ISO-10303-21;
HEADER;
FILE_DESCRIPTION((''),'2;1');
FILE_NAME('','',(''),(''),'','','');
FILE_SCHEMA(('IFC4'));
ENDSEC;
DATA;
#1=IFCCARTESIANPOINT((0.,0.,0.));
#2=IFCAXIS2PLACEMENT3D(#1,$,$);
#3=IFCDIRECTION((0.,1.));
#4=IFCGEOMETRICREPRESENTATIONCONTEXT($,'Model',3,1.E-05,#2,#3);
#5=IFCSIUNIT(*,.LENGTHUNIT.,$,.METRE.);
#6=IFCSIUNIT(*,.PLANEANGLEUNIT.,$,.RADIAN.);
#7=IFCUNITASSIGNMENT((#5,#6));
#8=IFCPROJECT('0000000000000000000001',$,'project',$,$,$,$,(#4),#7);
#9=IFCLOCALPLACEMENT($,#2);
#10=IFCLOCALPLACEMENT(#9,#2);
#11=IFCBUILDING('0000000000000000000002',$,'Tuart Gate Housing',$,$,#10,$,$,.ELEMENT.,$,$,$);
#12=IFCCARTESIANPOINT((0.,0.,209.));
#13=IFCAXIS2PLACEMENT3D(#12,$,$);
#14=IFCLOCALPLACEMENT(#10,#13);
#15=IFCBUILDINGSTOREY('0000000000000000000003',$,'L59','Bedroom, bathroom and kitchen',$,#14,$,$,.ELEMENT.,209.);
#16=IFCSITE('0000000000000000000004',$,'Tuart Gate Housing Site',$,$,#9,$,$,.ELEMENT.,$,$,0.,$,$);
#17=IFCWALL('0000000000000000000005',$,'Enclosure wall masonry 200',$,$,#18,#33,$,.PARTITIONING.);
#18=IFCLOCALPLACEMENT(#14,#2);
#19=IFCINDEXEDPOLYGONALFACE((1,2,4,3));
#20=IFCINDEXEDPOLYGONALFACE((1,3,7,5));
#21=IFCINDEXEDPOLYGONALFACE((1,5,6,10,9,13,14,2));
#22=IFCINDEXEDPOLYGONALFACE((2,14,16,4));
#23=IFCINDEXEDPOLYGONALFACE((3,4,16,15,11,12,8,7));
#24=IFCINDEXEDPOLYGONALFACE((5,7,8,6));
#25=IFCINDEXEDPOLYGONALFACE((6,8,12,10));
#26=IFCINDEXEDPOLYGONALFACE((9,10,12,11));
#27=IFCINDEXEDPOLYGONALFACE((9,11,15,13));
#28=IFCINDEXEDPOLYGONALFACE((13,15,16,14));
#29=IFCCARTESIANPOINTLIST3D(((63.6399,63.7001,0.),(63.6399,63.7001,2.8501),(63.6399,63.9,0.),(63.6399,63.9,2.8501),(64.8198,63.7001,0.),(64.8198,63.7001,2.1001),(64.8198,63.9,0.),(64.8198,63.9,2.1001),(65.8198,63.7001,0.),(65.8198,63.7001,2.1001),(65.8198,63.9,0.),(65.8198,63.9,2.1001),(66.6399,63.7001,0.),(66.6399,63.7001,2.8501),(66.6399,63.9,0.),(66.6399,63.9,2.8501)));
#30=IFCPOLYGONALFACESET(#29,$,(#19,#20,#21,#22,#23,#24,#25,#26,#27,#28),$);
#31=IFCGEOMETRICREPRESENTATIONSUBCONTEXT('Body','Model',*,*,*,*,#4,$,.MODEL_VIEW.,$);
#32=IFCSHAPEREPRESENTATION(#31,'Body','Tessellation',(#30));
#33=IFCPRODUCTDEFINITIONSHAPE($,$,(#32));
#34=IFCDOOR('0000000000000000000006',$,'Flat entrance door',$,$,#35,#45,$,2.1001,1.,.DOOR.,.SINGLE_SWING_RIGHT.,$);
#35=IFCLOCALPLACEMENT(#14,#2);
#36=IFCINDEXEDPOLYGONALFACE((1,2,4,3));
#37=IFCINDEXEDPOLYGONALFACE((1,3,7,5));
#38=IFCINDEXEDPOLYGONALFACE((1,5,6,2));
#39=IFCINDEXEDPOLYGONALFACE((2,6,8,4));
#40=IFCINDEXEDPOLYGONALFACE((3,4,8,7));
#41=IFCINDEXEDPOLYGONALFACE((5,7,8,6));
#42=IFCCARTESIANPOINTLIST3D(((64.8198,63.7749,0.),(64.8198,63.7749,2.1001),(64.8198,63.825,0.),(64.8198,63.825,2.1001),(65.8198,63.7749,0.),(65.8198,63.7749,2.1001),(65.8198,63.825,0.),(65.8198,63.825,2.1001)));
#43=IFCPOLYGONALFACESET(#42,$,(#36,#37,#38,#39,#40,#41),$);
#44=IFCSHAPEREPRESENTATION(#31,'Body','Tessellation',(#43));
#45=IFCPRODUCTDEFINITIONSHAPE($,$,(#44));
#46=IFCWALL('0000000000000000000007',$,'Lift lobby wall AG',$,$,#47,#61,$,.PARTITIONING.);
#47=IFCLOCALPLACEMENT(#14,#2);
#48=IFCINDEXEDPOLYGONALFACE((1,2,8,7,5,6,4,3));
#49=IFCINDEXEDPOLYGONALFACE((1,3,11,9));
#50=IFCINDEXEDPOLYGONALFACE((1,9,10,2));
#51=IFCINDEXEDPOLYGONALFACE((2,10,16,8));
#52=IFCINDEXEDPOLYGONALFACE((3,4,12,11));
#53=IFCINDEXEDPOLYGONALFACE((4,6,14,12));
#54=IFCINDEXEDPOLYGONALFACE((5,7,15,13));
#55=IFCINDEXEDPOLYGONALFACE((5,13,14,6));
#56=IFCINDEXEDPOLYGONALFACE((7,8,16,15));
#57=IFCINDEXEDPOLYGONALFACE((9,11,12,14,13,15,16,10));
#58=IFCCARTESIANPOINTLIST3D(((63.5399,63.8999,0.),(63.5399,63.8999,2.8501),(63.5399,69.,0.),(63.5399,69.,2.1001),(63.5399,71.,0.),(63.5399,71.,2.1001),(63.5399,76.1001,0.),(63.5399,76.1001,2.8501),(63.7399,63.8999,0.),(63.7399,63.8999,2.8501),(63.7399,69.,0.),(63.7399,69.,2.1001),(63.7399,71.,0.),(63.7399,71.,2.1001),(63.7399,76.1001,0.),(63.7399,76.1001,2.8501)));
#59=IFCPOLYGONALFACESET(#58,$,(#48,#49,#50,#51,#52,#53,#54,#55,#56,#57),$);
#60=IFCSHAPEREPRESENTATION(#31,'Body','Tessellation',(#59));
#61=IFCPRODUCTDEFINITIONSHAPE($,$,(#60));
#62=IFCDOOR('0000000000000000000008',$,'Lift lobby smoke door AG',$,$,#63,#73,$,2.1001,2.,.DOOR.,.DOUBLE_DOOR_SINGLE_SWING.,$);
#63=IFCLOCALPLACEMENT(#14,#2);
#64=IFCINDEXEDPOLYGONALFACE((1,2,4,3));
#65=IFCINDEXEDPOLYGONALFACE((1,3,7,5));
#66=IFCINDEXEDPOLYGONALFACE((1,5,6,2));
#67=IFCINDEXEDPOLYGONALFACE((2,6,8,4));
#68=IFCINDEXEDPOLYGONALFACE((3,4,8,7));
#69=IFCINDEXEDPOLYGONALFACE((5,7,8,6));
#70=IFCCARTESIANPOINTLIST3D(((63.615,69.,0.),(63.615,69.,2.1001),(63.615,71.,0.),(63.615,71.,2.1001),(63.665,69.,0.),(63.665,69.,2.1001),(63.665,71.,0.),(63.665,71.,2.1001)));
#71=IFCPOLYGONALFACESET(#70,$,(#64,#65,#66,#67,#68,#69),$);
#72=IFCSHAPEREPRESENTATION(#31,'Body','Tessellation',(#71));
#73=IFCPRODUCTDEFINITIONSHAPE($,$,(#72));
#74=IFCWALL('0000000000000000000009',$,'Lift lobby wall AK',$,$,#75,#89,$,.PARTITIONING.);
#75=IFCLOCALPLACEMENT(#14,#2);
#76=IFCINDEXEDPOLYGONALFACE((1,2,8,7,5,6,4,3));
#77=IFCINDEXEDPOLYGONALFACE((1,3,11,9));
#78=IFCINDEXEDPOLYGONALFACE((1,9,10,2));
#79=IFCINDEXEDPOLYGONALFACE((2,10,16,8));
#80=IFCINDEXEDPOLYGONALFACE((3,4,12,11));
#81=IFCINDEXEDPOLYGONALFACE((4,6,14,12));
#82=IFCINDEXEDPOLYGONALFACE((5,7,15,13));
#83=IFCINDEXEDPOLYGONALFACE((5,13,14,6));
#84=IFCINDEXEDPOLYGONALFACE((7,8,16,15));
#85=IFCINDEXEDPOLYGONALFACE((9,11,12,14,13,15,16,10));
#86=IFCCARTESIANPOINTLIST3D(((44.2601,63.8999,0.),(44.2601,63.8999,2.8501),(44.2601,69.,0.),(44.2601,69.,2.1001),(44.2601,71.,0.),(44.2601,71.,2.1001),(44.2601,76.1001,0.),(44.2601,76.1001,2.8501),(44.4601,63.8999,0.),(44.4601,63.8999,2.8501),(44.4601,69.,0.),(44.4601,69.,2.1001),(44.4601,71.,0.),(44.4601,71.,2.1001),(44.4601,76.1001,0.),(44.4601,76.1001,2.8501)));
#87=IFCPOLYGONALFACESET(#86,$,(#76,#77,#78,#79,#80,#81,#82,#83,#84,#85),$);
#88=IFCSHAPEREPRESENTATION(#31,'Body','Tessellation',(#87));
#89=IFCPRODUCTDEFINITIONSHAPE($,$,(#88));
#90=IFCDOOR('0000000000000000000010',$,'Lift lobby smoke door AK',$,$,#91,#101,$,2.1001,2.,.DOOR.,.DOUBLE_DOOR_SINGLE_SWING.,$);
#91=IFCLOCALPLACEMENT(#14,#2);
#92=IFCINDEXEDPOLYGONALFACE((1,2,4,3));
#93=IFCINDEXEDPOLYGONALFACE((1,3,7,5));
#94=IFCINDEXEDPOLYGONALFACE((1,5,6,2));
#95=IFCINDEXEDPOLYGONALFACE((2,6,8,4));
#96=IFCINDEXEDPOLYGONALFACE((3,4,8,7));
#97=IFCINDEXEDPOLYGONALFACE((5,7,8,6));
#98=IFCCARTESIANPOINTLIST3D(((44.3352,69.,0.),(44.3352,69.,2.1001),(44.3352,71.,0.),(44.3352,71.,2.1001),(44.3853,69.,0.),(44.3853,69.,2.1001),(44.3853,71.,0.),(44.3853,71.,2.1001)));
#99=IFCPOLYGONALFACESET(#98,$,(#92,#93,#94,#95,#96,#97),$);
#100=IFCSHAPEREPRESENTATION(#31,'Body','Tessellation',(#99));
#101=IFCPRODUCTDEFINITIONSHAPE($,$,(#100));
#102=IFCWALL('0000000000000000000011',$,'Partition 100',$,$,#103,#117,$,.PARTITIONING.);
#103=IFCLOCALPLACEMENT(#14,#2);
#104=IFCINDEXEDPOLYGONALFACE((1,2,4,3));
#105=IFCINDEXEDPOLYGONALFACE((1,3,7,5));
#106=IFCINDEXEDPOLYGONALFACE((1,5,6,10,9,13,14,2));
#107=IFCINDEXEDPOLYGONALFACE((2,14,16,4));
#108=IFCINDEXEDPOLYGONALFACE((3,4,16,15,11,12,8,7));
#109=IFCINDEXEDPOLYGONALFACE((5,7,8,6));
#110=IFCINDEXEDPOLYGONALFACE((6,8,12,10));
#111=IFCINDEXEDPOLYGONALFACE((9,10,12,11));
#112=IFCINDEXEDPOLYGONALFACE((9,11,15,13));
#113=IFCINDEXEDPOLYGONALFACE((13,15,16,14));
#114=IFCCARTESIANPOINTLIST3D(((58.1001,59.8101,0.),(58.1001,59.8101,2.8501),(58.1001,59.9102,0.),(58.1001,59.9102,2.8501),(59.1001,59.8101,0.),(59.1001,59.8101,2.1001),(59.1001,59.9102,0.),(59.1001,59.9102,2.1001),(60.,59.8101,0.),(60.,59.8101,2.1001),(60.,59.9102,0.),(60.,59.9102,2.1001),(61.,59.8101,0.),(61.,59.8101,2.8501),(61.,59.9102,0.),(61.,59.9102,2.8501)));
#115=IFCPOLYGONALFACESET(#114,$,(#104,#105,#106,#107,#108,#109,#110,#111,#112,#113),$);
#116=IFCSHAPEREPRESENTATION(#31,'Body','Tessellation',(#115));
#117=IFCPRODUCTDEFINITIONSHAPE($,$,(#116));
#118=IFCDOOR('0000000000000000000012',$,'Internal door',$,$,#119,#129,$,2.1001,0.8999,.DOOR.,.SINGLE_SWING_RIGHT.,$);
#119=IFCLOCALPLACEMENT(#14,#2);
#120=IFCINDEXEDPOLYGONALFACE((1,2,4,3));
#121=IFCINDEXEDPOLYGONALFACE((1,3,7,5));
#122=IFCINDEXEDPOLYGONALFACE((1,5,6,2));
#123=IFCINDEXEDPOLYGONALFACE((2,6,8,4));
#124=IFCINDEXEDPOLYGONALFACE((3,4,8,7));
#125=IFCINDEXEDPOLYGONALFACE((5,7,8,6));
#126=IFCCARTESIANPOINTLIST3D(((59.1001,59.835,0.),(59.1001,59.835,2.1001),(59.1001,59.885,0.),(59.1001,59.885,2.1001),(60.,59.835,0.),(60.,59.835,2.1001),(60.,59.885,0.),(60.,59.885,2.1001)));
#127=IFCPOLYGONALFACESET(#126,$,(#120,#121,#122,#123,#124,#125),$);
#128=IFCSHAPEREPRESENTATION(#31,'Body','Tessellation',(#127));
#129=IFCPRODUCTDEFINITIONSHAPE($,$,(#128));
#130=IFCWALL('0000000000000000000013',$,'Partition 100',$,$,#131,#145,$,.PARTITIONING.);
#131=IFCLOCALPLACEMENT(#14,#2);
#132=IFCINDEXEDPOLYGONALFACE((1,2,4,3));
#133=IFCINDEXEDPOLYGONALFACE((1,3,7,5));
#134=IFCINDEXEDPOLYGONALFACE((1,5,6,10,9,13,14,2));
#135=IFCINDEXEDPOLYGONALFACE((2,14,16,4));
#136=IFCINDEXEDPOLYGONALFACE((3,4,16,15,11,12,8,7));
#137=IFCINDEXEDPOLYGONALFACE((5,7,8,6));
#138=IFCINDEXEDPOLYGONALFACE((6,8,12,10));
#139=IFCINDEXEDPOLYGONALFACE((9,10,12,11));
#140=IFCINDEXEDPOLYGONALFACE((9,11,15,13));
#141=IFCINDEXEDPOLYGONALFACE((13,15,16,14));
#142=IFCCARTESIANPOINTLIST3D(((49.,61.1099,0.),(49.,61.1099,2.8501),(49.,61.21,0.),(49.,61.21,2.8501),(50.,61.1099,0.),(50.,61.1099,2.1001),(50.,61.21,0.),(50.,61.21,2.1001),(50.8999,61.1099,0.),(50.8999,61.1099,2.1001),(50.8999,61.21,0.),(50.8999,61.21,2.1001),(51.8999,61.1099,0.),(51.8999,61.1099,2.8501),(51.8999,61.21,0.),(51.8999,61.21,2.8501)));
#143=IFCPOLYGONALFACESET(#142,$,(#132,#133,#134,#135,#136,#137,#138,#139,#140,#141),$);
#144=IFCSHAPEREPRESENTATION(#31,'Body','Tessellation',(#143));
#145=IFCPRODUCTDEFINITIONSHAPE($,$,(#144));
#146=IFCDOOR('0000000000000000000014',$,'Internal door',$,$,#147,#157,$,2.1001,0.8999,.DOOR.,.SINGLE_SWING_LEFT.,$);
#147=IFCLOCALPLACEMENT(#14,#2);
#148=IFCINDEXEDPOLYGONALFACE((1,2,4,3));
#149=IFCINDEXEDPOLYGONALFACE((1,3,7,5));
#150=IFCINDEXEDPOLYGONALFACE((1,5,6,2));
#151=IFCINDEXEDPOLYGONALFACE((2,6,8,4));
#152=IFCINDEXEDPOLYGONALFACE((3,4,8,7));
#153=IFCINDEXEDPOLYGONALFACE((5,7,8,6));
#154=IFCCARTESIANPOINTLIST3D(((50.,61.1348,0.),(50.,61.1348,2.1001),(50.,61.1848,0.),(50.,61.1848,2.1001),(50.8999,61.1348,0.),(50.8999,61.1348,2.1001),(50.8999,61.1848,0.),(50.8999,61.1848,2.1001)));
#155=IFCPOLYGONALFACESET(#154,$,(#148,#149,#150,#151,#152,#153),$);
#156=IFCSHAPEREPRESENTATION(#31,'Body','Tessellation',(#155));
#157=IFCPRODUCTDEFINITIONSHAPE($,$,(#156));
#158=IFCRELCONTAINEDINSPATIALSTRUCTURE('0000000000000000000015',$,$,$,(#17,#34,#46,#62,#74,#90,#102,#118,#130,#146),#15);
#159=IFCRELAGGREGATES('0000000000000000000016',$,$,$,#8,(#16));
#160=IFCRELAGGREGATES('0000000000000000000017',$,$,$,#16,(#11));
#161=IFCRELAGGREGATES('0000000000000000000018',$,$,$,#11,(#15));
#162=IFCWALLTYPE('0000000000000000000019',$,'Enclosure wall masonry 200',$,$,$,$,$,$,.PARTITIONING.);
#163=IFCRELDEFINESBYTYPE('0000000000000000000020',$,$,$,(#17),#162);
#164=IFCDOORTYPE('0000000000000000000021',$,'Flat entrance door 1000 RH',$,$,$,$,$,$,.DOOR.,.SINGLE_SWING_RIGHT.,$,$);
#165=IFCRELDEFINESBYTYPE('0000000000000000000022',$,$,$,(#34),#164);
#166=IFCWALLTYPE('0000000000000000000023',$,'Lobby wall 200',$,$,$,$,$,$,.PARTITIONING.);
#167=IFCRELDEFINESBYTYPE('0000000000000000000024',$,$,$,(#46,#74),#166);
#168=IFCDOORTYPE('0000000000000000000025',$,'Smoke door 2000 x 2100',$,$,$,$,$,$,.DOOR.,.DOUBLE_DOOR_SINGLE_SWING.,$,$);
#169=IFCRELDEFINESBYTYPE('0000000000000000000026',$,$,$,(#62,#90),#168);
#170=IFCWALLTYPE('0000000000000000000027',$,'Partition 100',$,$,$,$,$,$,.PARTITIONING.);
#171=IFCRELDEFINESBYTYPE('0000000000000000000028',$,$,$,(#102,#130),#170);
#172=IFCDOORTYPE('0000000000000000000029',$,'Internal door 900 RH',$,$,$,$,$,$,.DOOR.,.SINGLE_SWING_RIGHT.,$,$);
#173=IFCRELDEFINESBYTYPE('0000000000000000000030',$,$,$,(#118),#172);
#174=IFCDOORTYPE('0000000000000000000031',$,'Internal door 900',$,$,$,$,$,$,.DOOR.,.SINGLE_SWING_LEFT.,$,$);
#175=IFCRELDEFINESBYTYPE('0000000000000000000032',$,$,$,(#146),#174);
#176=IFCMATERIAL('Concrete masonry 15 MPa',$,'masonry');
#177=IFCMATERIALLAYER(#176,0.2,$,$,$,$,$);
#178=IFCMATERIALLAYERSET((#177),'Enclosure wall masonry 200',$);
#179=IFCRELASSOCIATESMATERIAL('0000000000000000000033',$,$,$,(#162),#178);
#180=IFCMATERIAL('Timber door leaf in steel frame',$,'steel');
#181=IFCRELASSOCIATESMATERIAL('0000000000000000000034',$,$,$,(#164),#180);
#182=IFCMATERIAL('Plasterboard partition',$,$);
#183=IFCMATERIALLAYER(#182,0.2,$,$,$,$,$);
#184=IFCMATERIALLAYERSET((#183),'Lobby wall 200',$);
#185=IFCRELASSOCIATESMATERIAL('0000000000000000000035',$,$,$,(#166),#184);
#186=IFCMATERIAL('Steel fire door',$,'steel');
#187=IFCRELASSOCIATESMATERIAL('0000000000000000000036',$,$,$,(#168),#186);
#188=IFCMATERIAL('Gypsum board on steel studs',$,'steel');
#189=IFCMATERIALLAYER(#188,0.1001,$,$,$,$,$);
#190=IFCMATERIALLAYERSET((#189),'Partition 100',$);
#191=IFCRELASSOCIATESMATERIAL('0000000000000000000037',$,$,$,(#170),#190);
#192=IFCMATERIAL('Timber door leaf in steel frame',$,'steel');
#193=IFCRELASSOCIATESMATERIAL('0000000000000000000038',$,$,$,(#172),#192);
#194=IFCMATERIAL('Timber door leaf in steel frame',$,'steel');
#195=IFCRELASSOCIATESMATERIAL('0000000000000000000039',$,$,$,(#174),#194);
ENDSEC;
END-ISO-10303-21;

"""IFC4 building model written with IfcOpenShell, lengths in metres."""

from ifc_helpers import new_model, si_unit, direction, frame, frame_2d, origin, place, context, subcontext, project, spatial, rectangle, extrude, material, layer, layer_set, type_object, element, fill, save


model = new_model("IFC4")

# Units and contexts
model_context = context("Model", 3, precision=1e-05, world=origin(), true_north=direction((0.0, 1.0)))
body_context = subcontext(model_context, "Body", "Model", "MODEL_VIEW")
ifc_project = project(units=[si_unit("LENGTHUNIT", "METRE"), si_unit("PLANEANGLEUNIT", "RADIAN")], contexts=[model_context])

# Site, building, storey
site_placement = place(None, origin())
site = spatial("IfcSite", under=ifc_project, at=site_placement, Name="Tuart Gate Housing Site", CompositionType="ELEMENT", RefElevation=0.0)
building_placement = place(site_placement, origin())
building = spatial("IfcBuilding", under=site, at=building_placement, Name="Tuart Gate Housing", CompositionType="ELEMENT")
storey_placement = place(building_placement, frame((0.0, 0.0, 209.0)))
storey = spatial("IfcBuildingStorey", under=building, at=storey_placement, Name="L59", Description="Bedroom, bathroom and kitchen", CompositionType="ELEMENT", Elevation=209.0)

# Walls, openings, doors
ifc_material_1 = material(Name="Concrete masonry 15 MPa", Category="masonry")
ifc_layer_1 = layer(ifc_material_1, 0.2)
ifc_layer_set_1 = layer_set([ifc_layer_1], Name="Enclosure wall masonry 200")
wall_type_1 = type_object("IfcWallType", Name="Enclosure wall masonry 200", PredefinedType="PARTITIONING", material=ifc_layer_set_1)
wall_1_placement = place(storey_placement, frame((63.6399, 63.8, 0.0), z_axis=(0.0, 0.0, 1.0), x_axis=(1.0, 0.0, 0.0)))
wall_1 = element("IfcWall", 1, at=wall_1_placement, inside=storey, type_object=wall_type_1, Name="Enclosure wall masonry 200", PredefinedType="PARTITIONING", context=body_context, shape_type="SweptSolid", body=[
    extrude(rectangle(XDim=3.0, YDim=0.2, at=frame_2d((1.5, 0.0))), origin(), (0.0, 0.0, 1.0), 2.8501),
])
opening_1_placement = place(wall_1_placement, frame((1.1799, 0.0, 0.0)))
opening_1 = element("IfcOpeningElement", 2, at=opening_1_placement, cuts=wall_1, PredefinedType="OPENING", context=body_context, shape_type="SweptSolid", body=[
    extrude(rectangle(XDim=1.0, YDim=2.1001, at=frame_2d((0.5, 1.05))), frame((0.0, 0.1099, 0.0), z_axis=(0.0, -1.0, 0.0), x_axis=(1.0, 0.0, 0.0)), (0.0, 0.0, 1.0), 0.22),
])
ifc_material_2 = material(Name="Timber door leaf in steel frame", Category="steel")
door_type_1 = type_object("IfcDoorType", Name="Flat entrance door 1000 RH", OperationType="SINGLE_SWING_RIGHT", PredefinedType="DOOR", material=ifc_material_2)
door_1_placement = place(opening_1_placement, frame((1.0, 0.0, 0.0), z_axis=(0.0, 0.0, 1.0), x_axis=(-1.0, 0.0, 0.0)))
door_1 = element("IfcDoor", 3, at=door_1_placement, inside=storey, type_object=door_type_1, Name="Flat entrance door", OperationType="SINGLE_SWING_RIGHT", OverallHeight=2.1001, OverallWidth=1.0, PredefinedType="DOOR", context=body_context, shape_type="SweptSolid", body=[
    extrude(rectangle(XDim=1.0, YDim=2.1001, at=frame_2d((0.5, 1.05))), frame((0.0, 0.0251, 0.0), z_axis=(0.0, -1.0, 0.0), x_axis=(1.0, 0.0, 0.0)), (0.0, 0.0, 1.0), 0.05),
])
fill(opening_1, door_1)
ifc_material_3 = material(Name="Plasterboard partition")
ifc_layer_2 = layer(ifc_material_3, 0.2)
ifc_layer_set_2 = layer_set([ifc_layer_2], Name="Lobby wall 200")
wall_type_2 = type_object("IfcWallType", Name="Lobby wall 200", PredefinedType="PARTITIONING", material=ifc_layer_set_2)
wall_2_placement = place(storey_placement, frame((63.6399, 63.8999, 0.0), z_axis=(0.0, 0.0, 1.0), x_axis=(0.0, 1.0, 0.0)))
wall_2 = element("IfcWall", 4, at=wall_2_placement, inside=storey, type_object=wall_type_2, Name="Lift lobby wall AG", PredefinedType="PARTITIONING", context=body_context, shape_type="SweptSolid", body=[
    extrude(rectangle(XDim=12.2002, YDim=0.2, at=frame_2d((6.1001, 0.0))), origin(), (0.0, 0.0, 1.0), 2.8501),
])
opening_2_placement = place(wall_2_placement, frame((5.1001, 0.0, 0.0)))
opening_2 = element("IfcOpeningElement", 5, at=opening_2_placement, cuts=wall_2, PredefinedType="OPENING", context=body_context, shape_type="SweptSolid", body=[
    extrude(rectangle(XDim=2.0, YDim=2.1001, at=frame_2d((1.0, 1.05))), frame((0.0, 0.1099, 0.0), z_axis=(0.0, -1.0, 0.0), x_axis=(1.0, 0.0, 0.0)), (0.0, 0.0, 1.0), 0.22),
])
ifc_material_4 = material(Name="Steel fire door", Category="steel")
door_type_2 = type_object("IfcDoorType", Name="Smoke door 2000 x 2100", OperationType="DOUBLE_DOOR_SINGLE_SWING", PredefinedType="DOOR", material=ifc_material_4)
door_2_placement = place(opening_2_placement, frame((2.0, 0.0, 0.0), z_axis=(0.0, 0.0, 1.0), x_axis=(-1.0, 0.0, 0.0)))
door_2 = element("IfcDoor", 6, at=door_2_placement, inside=storey, type_object=door_type_2, Name="Lift lobby smoke door AG", OperationType="DOUBLE_DOOR_SINGLE_SWING", OverallHeight=2.1001, OverallWidth=2.0, PredefinedType="DOOR", context=body_context, shape_type="SweptSolid", body=[
    extrude(rectangle(XDim=2.0, YDim=2.1001, at=frame_2d((1.0, 1.05))), frame((0.0, 0.0251, 0.0), z_axis=(0.0, -1.0, 0.0), x_axis=(1.0, 0.0, 0.0)), (0.0, 0.0, 1.0), 0.05),
])
fill(opening_2, door_2)
wall_3_placement = place(storey_placement, frame((44.3601, 63.8999, 0.0), z_axis=(0.0, 0.0, 1.0), x_axis=(0.0, 1.0, 0.0)))
wall_3 = element("IfcWall", 7, at=wall_3_placement, inside=storey, type_object=wall_type_2, Name="Lift lobby wall AK", PredefinedType="PARTITIONING", context=body_context, shape_type="SweptSolid", body=[
    extrude(rectangle(XDim=12.2002, YDim=0.2, at=frame_2d((6.1001, 0.0))), origin(), (0.0, 0.0, 1.0), 2.8501),
])
opening_3_placement = place(wall_3_placement, frame((5.1001, 0.0, 0.0)))
opening_3 = element("IfcOpeningElement", 8, at=opening_3_placement, cuts=wall_3, PredefinedType="OPENING", context=body_context, shape_type="SweptSolid", body=[
    extrude(rectangle(XDim=2.0, YDim=2.1001, at=frame_2d((1.0, 1.05))), frame((0.0, 0.1099, 0.0), z_axis=(0.0, -1.0, 0.0), x_axis=(1.0, 0.0, 0.0)), (0.0, 0.0, 1.0), 0.22),
])
door_3_placement = place(opening_3_placement, origin())
door_3 = element("IfcDoor", 9, at=door_3_placement, inside=storey, type_object=door_type_2, Name="Lift lobby smoke door AK", OperationType="DOUBLE_DOOR_SINGLE_SWING", OverallHeight=2.1001, OverallWidth=2.0, PredefinedType="DOOR", context=body_context, shape_type="SweptSolid", body=[
    extrude(rectangle(XDim=2.0, YDim=2.1001, at=frame_2d((1.0, 1.05))), frame((0.0, 0.0249, 0.0), z_axis=(0.0, -1.0, 0.0), x_axis=(1.0, 0.0, 0.0)), (0.0, 0.0, 1.0), 0.05),
])
fill(opening_3, door_3)
ifc_material_5 = material(Name="Gypsum board on steel studs", Category="steel")
ifc_layer_3 = layer(ifc_material_5, 0.1001)
ifc_layer_set_3 = layer_set([ifc_layer_3], Name="Partition 100")
wall_type_3 = type_object("IfcWallType", Name="Partition 100", PredefinedType="PARTITIONING", material=ifc_layer_set_3)
wall_4_placement = place(storey_placement, frame((58.1001, 59.8601, 0.0), z_axis=(0.0, 0.0, 1.0), x_axis=(1.0, 0.0, 0.0)))
wall_4 = element("IfcWall", 10, at=wall_4_placement, inside=storey, type_object=wall_type_3, Name="Partition 100", PredefinedType="PARTITIONING", context=body_context, shape_type="SweptSolid", body=[
    extrude(rectangle(XDim=2.8999, YDim=0.1001, at=frame_2d((1.45, 0.0))), origin(), (0.0, 0.0, 1.0), 2.8501),
])
opening_4_placement = place(wall_4_placement, frame((1.0, 0.0, 0.0)))
opening_4 = element("IfcOpeningElement", 11, at=opening_4_placement, cuts=wall_4, PredefinedType="OPENING", context=body_context, shape_type="SweptSolid", body=[
    extrude(rectangle(XDim=0.8999, YDim=2.1001, at=frame_2d((0.45, 1.05))), frame((0.0, 0.0601, 0.0), z_axis=(0.0, -1.0, 0.0), x_axis=(1.0, 0.0, 0.0)), (0.0, 0.0, 1.0), 0.1201),
])
ifc_material_6 = material(Name="Timber door leaf in steel frame", Category="steel")
door_type_3 = type_object("IfcDoorType", Name="Internal door 900 RH", OperationType="SINGLE_SWING_RIGHT", PredefinedType="DOOR", material=ifc_material_6)
door_4_placement = place(opening_4_placement, origin())
door_4 = element("IfcDoor", 12, at=door_4_placement, inside=storey, type_object=door_type_3, Name="Internal door", OperationType="SINGLE_SWING_RIGHT", OverallHeight=2.1001, OverallWidth=0.8999, PredefinedType="DOOR", context=body_context, shape_type="SweptSolid", body=[
    extrude(rectangle(XDim=0.8999, YDim=2.1001, at=frame_2d((0.45, 1.05))), frame((0.0, 0.0249, 0.0), z_axis=(0.0, -1.0, 0.0), x_axis=(1.0, 0.0, 0.0)), (0.0, 0.0, 1.0), 0.05),
])
fill(opening_4, door_4)
wall_5_placement = place(storey_placement, frame((49.0, 61.1599, 0.0), z_axis=(0.0, 0.0, 1.0), x_axis=(1.0, 0.0, 0.0)))
wall_5 = element("IfcWall", 13, at=wall_5_placement, inside=storey, type_object=wall_type_3, Name="Partition 100", PredefinedType="PARTITIONING", context=body_context, shape_type="SweptSolid", body=[
    extrude(rectangle(XDim=2.8999, YDim=0.1001, at=frame_2d((1.45, 0.0))), origin(), (0.0, 0.0, 1.0), 2.8501),
])
opening_5_placement = place(wall_5_placement, frame((1.0, 0.0, 0.0)))
opening_5 = element("IfcOpeningElement", 14, at=opening_5_placement, cuts=wall_5, PredefinedType="OPENING", context=body_context, shape_type="SweptSolid", body=[
    extrude(rectangle(XDim=0.8999, YDim=2.1001, at=frame_2d((0.45, 1.05))), frame((0.0, 0.0601, 0.0), z_axis=(0.0, -1.0, 0.0), x_axis=(1.0, 0.0, 0.0)), (0.0, 0.0, 1.0), 0.1201),
])
ifc_material_7 = material(Name="Timber door leaf in steel frame", Category="steel")
door_type_4 = type_object("IfcDoorType", Name="Internal door 900", OperationType="SINGLE_SWING_LEFT", PredefinedType="DOOR", material=ifc_material_7)
door_5_placement = place(opening_5_placement, origin())
door_5 = element("IfcDoor", 15, at=door_5_placement, inside=storey, type_object=door_type_4, Name="Internal door", OperationType="SINGLE_SWING_LEFT", OverallHeight=2.1001, OverallWidth=0.8999, PredefinedType="DOOR", context=body_context, shape_type="SweptSolid", body=[
    extrude(rectangle(XDim=0.8999, YDim=2.1001, at=frame_2d((0.45, 1.05))), frame((0.0, 0.0249, 0.0), z_axis=(0.0, -1.0, 0.0), x_axis=(1.0, 0.0, 0.0)), (0.0, 0.0, 1.0), 0.05),
])
fill(opening_5, door_5)

save(model, "model.ifc")
